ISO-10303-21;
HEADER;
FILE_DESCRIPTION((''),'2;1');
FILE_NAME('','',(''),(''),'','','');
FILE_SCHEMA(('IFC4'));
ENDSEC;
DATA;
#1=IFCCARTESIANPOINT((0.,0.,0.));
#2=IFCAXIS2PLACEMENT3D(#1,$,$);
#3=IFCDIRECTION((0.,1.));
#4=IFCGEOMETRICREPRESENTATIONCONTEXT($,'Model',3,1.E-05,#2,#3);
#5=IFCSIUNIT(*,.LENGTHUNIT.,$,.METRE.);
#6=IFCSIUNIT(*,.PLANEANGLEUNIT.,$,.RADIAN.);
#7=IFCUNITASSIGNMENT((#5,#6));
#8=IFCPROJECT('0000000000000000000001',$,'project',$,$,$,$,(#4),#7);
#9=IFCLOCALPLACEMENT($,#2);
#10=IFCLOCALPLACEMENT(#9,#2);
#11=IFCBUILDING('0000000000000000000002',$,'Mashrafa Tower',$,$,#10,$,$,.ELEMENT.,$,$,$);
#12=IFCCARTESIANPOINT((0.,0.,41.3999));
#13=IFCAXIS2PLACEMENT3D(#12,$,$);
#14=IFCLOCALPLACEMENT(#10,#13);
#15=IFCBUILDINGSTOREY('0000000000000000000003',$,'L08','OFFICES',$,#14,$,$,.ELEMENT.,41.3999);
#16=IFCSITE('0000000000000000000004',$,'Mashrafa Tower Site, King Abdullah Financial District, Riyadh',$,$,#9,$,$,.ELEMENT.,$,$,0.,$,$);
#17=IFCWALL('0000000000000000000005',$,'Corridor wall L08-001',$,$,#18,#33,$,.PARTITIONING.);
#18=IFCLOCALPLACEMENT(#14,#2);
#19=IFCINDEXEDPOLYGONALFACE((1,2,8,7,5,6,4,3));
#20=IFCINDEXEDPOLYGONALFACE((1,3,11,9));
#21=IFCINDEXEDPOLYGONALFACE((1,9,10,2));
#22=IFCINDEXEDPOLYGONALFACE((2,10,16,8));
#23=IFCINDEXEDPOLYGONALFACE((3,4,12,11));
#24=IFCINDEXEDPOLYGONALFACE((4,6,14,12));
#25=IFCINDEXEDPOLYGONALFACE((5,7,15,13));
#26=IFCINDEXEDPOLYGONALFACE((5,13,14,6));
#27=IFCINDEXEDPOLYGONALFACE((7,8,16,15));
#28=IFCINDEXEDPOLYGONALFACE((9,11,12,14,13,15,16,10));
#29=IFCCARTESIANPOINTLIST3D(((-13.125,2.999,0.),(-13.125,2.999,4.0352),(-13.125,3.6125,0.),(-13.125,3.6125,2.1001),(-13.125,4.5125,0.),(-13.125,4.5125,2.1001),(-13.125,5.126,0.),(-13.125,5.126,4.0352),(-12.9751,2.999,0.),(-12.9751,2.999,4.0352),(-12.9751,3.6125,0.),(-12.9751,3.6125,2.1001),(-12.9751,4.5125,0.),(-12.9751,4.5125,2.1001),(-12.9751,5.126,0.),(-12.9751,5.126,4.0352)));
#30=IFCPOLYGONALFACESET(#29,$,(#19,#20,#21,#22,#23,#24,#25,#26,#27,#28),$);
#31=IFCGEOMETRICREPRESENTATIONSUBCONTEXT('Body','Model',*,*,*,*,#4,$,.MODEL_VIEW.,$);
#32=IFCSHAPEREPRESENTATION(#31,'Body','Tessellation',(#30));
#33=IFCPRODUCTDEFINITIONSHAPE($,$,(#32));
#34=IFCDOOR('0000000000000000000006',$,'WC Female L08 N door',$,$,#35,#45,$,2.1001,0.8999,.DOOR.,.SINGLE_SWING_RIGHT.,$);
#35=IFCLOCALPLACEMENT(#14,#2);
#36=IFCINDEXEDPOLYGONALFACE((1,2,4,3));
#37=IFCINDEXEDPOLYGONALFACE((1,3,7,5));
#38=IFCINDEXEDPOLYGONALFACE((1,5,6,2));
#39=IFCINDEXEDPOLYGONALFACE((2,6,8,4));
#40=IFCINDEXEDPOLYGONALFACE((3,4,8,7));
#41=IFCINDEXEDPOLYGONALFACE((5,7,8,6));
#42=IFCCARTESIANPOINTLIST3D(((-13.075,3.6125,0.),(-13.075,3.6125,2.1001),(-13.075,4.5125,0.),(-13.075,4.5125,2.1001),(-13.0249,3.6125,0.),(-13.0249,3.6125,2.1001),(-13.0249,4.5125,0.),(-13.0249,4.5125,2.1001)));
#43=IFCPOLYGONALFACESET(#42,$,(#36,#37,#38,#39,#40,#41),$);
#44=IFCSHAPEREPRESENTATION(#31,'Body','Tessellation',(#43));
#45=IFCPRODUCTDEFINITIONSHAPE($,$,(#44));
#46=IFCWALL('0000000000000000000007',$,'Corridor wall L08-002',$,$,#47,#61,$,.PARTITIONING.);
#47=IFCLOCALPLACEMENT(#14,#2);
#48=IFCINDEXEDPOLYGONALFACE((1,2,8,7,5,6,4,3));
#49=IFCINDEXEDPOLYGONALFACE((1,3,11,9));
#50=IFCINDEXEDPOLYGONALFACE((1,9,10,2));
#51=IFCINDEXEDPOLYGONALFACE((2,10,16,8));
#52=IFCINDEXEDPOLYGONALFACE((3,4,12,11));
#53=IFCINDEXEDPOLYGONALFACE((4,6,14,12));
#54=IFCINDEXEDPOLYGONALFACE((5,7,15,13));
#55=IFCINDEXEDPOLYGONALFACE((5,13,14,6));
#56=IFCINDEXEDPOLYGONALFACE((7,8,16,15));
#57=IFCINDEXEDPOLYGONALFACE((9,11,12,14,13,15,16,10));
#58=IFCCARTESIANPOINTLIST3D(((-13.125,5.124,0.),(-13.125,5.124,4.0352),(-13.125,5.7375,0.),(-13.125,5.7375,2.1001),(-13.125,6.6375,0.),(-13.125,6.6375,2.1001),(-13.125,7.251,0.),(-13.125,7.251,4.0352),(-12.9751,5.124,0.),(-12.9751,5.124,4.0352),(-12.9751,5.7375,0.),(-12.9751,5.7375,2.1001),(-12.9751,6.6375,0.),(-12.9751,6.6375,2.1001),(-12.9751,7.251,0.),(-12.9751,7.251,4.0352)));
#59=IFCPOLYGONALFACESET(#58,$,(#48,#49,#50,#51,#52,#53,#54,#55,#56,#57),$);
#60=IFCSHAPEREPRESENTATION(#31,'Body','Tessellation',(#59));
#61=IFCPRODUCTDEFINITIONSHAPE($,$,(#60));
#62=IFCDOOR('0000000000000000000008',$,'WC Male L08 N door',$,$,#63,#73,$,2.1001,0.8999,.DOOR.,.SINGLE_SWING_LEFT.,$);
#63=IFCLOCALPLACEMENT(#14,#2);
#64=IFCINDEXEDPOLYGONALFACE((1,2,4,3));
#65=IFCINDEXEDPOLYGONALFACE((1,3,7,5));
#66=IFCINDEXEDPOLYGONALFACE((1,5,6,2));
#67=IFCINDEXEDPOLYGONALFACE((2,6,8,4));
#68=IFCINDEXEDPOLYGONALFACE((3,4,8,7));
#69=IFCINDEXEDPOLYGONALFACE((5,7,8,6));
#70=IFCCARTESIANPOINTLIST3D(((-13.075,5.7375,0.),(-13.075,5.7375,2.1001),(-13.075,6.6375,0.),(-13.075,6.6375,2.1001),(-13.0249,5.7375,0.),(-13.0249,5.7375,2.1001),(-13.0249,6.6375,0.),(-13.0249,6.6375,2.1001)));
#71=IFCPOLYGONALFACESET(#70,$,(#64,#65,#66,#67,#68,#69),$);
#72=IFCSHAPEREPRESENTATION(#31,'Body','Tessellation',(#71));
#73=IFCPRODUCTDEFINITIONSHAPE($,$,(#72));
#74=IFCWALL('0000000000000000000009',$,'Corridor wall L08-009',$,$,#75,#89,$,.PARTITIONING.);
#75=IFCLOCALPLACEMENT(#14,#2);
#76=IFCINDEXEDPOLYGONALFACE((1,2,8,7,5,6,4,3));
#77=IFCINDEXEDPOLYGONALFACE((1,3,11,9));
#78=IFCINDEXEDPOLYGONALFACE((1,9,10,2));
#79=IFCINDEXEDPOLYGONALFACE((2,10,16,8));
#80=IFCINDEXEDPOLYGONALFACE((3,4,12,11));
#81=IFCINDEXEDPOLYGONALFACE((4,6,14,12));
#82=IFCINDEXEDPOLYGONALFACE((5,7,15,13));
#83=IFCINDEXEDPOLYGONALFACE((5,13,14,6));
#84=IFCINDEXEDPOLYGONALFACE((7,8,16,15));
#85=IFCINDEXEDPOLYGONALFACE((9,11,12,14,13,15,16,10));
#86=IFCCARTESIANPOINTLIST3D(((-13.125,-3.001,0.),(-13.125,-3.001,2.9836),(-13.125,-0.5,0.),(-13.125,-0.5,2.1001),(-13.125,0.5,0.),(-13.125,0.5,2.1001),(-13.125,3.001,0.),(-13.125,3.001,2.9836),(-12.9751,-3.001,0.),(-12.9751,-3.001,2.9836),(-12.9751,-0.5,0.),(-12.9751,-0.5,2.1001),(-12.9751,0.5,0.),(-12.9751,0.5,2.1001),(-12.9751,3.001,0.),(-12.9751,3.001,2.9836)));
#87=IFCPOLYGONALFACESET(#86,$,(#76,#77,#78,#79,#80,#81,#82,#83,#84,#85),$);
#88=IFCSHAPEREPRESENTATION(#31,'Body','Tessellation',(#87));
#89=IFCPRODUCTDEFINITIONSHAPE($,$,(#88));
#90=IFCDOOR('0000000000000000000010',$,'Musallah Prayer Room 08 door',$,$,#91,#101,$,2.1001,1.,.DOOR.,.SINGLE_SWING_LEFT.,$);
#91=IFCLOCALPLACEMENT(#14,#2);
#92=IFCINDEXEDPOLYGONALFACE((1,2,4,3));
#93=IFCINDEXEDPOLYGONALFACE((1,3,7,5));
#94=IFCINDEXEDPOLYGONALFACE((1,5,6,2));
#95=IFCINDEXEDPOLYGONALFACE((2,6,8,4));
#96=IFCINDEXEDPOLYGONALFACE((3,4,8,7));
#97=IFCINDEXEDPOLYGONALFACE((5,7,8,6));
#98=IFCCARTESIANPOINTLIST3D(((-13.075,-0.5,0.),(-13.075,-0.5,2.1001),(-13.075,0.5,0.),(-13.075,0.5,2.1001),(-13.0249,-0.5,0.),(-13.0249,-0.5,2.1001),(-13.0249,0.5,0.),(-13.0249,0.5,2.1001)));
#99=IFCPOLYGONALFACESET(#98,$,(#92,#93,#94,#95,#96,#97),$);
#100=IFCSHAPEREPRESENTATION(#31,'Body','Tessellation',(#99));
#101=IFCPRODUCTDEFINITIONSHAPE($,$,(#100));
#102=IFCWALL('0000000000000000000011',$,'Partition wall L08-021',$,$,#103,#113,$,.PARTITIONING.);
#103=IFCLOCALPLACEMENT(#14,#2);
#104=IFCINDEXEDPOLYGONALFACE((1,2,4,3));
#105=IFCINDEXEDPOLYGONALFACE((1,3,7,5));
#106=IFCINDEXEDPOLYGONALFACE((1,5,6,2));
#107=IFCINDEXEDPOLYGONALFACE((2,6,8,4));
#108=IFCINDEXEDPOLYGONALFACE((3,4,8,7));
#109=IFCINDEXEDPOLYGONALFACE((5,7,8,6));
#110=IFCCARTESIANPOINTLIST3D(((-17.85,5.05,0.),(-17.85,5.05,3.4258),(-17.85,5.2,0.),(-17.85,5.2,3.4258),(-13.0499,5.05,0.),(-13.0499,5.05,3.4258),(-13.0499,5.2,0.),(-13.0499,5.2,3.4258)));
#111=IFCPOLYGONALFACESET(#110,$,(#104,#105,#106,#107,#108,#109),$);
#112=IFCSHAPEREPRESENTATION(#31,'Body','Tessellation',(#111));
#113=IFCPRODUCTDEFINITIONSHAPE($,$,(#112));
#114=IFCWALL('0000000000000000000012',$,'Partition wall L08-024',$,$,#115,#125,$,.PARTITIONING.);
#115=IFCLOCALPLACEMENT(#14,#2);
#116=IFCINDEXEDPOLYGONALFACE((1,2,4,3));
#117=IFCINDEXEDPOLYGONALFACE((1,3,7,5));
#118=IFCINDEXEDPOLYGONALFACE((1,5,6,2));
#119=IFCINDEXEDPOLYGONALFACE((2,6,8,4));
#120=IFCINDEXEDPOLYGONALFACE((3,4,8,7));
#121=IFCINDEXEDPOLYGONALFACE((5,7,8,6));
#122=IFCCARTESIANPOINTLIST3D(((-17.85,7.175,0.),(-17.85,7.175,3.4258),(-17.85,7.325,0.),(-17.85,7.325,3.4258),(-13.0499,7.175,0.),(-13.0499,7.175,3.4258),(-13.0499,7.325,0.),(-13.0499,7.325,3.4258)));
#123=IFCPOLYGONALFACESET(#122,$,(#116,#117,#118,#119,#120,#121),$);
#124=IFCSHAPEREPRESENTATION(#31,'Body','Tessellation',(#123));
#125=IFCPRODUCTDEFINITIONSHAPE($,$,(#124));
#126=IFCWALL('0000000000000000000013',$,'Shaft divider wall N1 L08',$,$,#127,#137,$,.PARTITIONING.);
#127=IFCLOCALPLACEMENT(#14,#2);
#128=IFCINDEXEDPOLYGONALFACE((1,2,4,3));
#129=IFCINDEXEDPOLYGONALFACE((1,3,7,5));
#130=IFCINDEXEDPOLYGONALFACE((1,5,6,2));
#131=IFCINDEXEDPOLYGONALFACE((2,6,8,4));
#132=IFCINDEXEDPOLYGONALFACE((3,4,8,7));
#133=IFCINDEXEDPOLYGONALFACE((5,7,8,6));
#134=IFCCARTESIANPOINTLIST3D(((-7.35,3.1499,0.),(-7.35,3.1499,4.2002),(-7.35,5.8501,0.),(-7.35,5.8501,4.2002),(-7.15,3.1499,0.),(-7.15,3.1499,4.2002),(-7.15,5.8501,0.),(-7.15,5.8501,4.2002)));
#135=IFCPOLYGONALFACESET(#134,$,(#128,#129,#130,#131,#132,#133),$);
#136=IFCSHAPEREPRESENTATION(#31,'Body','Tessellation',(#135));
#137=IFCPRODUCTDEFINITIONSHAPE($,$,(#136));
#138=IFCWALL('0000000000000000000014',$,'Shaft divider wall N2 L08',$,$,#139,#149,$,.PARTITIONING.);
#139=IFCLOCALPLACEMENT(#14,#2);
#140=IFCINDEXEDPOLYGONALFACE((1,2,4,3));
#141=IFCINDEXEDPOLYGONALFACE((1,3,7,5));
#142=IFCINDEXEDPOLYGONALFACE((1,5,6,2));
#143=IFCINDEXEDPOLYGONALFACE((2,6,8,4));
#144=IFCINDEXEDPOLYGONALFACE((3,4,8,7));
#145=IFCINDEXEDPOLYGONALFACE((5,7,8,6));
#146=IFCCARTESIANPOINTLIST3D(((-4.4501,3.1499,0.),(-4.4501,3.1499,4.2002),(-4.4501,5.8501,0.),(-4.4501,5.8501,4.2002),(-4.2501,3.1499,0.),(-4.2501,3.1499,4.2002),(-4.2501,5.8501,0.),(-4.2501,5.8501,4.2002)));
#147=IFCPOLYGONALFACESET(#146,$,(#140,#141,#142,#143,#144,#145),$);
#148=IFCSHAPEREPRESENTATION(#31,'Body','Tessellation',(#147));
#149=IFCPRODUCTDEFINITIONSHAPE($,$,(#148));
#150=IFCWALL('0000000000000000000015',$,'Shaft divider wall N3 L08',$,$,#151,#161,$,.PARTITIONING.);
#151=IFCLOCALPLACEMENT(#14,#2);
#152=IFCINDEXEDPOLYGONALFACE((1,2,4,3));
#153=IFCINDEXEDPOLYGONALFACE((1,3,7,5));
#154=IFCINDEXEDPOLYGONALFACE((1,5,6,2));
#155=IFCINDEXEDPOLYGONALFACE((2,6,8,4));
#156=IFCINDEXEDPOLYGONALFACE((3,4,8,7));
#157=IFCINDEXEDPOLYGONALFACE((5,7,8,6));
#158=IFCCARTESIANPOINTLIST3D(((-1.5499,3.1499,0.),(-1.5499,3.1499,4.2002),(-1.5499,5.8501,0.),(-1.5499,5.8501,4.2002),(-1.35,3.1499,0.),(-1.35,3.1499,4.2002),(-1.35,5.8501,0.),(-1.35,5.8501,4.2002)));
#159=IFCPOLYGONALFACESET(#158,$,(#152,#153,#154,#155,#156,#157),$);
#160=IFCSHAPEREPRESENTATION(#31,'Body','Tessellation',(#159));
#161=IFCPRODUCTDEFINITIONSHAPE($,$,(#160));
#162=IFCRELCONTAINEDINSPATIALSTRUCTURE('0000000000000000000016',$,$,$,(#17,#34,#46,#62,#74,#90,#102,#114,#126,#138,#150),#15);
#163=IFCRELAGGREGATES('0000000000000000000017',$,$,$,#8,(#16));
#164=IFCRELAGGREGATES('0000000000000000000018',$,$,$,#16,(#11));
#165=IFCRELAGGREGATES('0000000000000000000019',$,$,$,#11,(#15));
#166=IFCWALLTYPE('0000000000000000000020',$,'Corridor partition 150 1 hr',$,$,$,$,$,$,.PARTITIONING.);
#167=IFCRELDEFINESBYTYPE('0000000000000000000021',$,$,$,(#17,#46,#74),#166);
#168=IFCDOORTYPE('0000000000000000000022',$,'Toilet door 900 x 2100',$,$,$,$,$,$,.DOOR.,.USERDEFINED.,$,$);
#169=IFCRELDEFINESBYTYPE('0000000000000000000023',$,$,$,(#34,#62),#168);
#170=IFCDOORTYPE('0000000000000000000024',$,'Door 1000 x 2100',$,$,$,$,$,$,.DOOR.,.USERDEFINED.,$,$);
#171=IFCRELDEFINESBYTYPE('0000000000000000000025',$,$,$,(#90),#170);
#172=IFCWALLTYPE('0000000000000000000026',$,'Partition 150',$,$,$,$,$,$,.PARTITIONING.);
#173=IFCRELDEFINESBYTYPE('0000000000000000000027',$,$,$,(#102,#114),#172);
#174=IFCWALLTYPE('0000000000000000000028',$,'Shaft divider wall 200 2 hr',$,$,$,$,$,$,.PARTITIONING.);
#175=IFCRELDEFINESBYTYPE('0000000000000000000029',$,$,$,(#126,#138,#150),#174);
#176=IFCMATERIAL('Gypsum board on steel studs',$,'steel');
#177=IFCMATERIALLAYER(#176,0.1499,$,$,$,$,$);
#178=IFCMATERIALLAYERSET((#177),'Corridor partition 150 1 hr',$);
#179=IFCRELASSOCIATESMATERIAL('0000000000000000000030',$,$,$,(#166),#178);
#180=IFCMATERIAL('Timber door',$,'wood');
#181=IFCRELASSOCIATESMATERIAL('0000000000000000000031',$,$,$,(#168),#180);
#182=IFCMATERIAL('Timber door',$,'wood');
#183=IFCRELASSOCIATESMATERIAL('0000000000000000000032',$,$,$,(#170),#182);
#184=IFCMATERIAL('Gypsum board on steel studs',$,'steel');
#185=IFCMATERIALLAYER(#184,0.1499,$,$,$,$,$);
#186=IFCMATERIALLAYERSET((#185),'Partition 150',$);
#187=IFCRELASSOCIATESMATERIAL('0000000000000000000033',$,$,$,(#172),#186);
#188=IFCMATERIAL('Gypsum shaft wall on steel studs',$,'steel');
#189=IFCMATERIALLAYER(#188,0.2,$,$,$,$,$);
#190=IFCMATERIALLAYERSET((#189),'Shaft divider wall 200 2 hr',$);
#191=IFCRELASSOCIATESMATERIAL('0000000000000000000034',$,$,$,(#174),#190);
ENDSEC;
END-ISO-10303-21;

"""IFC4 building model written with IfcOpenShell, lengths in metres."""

from ifc_helpers import new_model, si_unit, direction, frame, frame_2d, origin, place, context, subcontext, project, spatial, rectangle, extrude, material, layer, layer_set, type_object, element, fill, save


model = new_model("IFC4")

# Units and contexts
model_context = context("Model", 3, precision=1e-05, world=origin(), true_north=direction((0.0, 1.0)))
body_context = subcontext(model_context, "Body", "Model", "MODEL_VIEW")
ifc_project = project(units=[si_unit("LENGTHUNIT", "METRE"), si_unit("PLANEANGLEUNIT", "RADIAN")], contexts=[model_context])

# Site, building, storey
site_placement = place(None, origin())
site = spatial("IfcSite", under=ifc_project, at=site_placement, Name="Mashrafa Tower Site, King Abdullah Financial District, Riyadh", CompositionType="ELEMENT", RefElevation=0.0)
building_placement = place(site_placement, origin())
building = spatial("IfcBuilding", under=site, at=building_placement, Name="Mashrafa Tower", CompositionType="ELEMENT")
storey_placement = place(building_placement, frame((0.0, 0.0, 41.3999)))
storey = spatial("IfcBuildingStorey", under=building, at=storey_placement, Name="L08", Description="OFFICES", CompositionType="ELEMENT", Elevation=41.3999)

# Walls, openings, doors
ifc_material_1 = material(Name="Gypsum board on steel studs", Category="steel")
ifc_layer_1 = layer(ifc_material_1, 0.1499)
ifc_layer_set_1 = layer_set([ifc_layer_1], Name="Corridor partition 150 1 hr")
wall_type_1 = type_object("IfcWallType", Name="Corridor partition 150 1 hr", PredefinedType="PARTITIONING", material=ifc_layer_set_1)
wall_1_placement = place(storey_placement, frame((-13.05, 5.126, 0.0), z_axis=(0.0, 0.0, 1.0), x_axis=(0.0, -1.0, 0.0)))
wall_1 = element("IfcWall", 1, at=wall_1_placement, inside=storey, type_object=wall_type_1, Name="Corridor wall L08-001", PredefinedType="PARTITIONING", context=body_context, shape_type="SweptSolid", body=[
    extrude(rectangle(XDim=2.127, YDim=0.1499, at=frame_2d((1.0635, 0.0))), origin(), (0.0, 0.0, 1.0), 4.0352),
])
opening_1_placement = place(wall_1_placement, frame((0.6135, 0.0, 0.0)))
opening_1 = element("IfcOpeningElement", 2, at=opening_1_placement, cuts=wall_1, PredefinedType="OPENING", context=body_context, shape_type="SweptSolid", body=[
    extrude(rectangle(XDim=0.8999, YDim=2.1001, at=frame_2d((0.45, 1.05))), frame((0.0, 0.085, 0.0), z_axis=(0.0, -1.0, 0.0), x_axis=(1.0, 0.0, 0.0)), (0.0, 0.0, 1.0), 0.1699),
])
ifc_material_2 = material(Name="Timber door", Category="wood")
door_type_1 = type_object("IfcDoorType", Name="Toilet door 900 x 2100", OperationType="USERDEFINED", PredefinedType="DOOR", material=ifc_material_2)
door_1_placement = place(opening_1_placement, frame((0.8999, 0.0, 0.0), z_axis=(0.0, 0.0, 1.0), x_axis=(-1.0, 0.0, 0.0)))
door_1 = element("IfcDoor", 3, at=door_1_placement, inside=storey, type_object=door_type_1, Name="WC Female L08 N door", OperationType="SINGLE_SWING_RIGHT", OverallHeight=2.1001, OverallWidth=0.8999, PredefinedType="DOOR", context=body_context, shape_type="SweptSolid", body=[
    extrude(rectangle(XDim=0.8999, YDim=2.1001, at=frame_2d((0.45, 1.05))), frame((0.0, 0.0249, 0.0), z_axis=(0.0, -1.0, 0.0), x_axis=(1.0, 0.0, 0.0)), (0.0, 0.0, 1.0), 0.05),
])
fill(opening_1, door_1)
wall_2_placement = place(storey_placement, frame((-13.05, 7.251, 0.0), z_axis=(0.0, 0.0, 1.0), x_axis=(0.0, -1.0, 0.0)))
wall_2 = element("IfcWall", 4, at=wall_2_placement, inside=storey, type_object=wall_type_1, Name="Corridor wall L08-002", PredefinedType="PARTITIONING", context=body_context, shape_type="SweptSolid", body=[
    extrude(rectangle(XDim=2.127, YDim=0.1499, at=frame_2d((1.0635, 0.0))), origin(), (0.0, 0.0, 1.0), 4.0352),
])
opening_2_placement = place(wall_2_placement, frame((0.6135, 0.0, 0.0)))
opening_2 = element("IfcOpeningElement", 5, at=opening_2_placement, cuts=wall_2, PredefinedType="OPENING", context=body_context, shape_type="SweptSolid", body=[
    extrude(rectangle(XDim=0.8999, YDim=2.1001, at=frame_2d((0.45, 1.05))), frame((0.0, 0.085, 0.0), z_axis=(0.0, -1.0, 0.0), x_axis=(1.0, 0.0, 0.0)), (0.0, 0.0, 1.0), 0.1699),
])
door_2_placement = place(opening_2_placement, frame((0.8999, 0.0, 0.0), z_axis=(0.0, 0.0, 1.0), x_axis=(-1.0, 0.0, 0.0)))
door_2 = element("IfcDoor", 6, at=door_2_placement, inside=storey, type_object=door_type_1, Name="WC Male L08 N door", OperationType="SINGLE_SWING_LEFT", OverallHeight=2.1001, OverallWidth=0.8999, PredefinedType="DOOR", context=body_context, shape_type="SweptSolid", body=[
    extrude(rectangle(XDim=0.8999, YDim=2.1001, at=frame_2d((0.45, 1.05))), frame((0.0, 0.0249, 0.0), z_axis=(0.0, -1.0, 0.0), x_axis=(1.0, 0.0, 0.0)), (0.0, 0.0, 1.0), 0.05),
])
fill(opening_2, door_2)
wall_3_placement = place(storey_placement, frame((-13.05, 3.001, 0.0), z_axis=(0.0, 0.0, 1.0), x_axis=(0.0, -1.0, 0.0)))
wall_3 = element("IfcWall", 7, at=wall_3_placement, inside=storey, type_object=wall_type_1, Name="Corridor wall L08-009", PredefinedType="PARTITIONING", context=body_context, shape_type="SweptSolid", body=[
    extrude(rectangle(XDim=6.002, YDim=0.1499, at=frame_2d((3.001, 0.0))), origin(), (0.0, 0.0, 1.0), 2.9836),
])
opening_3_placement = place(wall_3_placement, frame((2.501, 0.0, 0.0)))
opening_3 = element("IfcOpeningElement", 8, at=opening_3_placement, cuts=wall_3, PredefinedType="OPENING", context=body_context, shape_type="SweptSolid", body=[
    extrude(rectangle(XDim=1.0, YDim=2.1001, at=frame_2d((0.5, 1.05))), frame((0.0, 0.085, 0.0), z_axis=(0.0, -1.0, 0.0), x_axis=(1.0, 0.0, 0.0)), (0.0, 0.0, 1.0), 0.1699),
])
ifc_material_3 = material(Name="Timber door", Category="wood")
door_type_2 = type_object("IfcDoorType", Name="Door 1000 x 2100", OperationType="USERDEFINED", PredefinedType="DOOR", material=ifc_material_3)
door_3_placement = place(opening_3_placement, frame((1.0, 0.0, 0.0), z_axis=(0.0, 0.0, 1.0), x_axis=(-1.0, 0.0, 0.0)))
door_3 = element("IfcDoor", 9, at=door_3_placement, inside=storey, type_object=door_type_2, Name="Musallah Prayer Room 08 door", OperationType="SINGLE_SWING_LEFT", OverallHeight=2.1001, OverallWidth=1.0, PredefinedType="DOOR", context=body_context, shape_type="SweptSolid", body=[
    extrude(rectangle(XDim=1.0, YDim=2.1001, at=frame_2d((0.5, 1.05))), frame((0.0, 0.0249, 0.0), z_axis=(0.0, -1.0, 0.0), x_axis=(1.0, 0.0, 0.0)), (0.0, 0.0, 1.0), 0.05),
])
fill(opening_3, door_3)

# Walls
ifc_material_4 = material(Name="Gypsum board on steel studs", Category="steel")
ifc_layer_2 = layer(ifc_material_4, 0.1499)
ifc_layer_set_2 = layer_set([ifc_layer_2], Name="Partition 150")
wall_type_2 = type_object("IfcWallType", Name="Partition 150", PredefinedType="PARTITIONING", material=ifc_layer_set_2)
for number, where, z_axis, x_axis, name in (
    (10, (-13.05, 5.125, 0.0), (0.0, 0.0, 1.0), (-1.0, 0.0, 0.0), "Partition wall L08-021"),
    (11, (-13.05, 7.25, 0.0), (0.0, 0.0, 1.0), (-1.0, 0.0, 0.0), "Partition wall L08-024"),
):
    element("IfcWall", number, at=place(storey_placement, frame(where, z_axis=z_axis, x_axis=x_axis)), inside=storey, type_object=wall_type_2, Name=name, PredefinedType="PARTITIONING", context=body_context, shape_type="SweptSolid", body=[
        extrude(rectangle(XDim=4.8, YDim=0.1499, at=frame_2d((2.3999, 0.0))), origin(), (0.0, 0.0, 1.0), 3.4258),
    ])
ifc_material_5 = material(Name="Gypsum shaft wall on steel studs", Category="steel")
ifc_layer_3 = layer(ifc_material_5, 0.2)
ifc_layer_set_3 = layer_set([ifc_layer_3], Name="Shaft divider wall 200 2 hr")
wall_type_3 = type_object("IfcWallType", Name="Shaft divider wall 200 2 hr", PredefinedType="PARTITIONING", material=ifc_layer_set_3)
for number, where, z_axis, x_axis, name in (
    (12, (-7.25, 3.1499, 0.0), (0.0, 0.0, 1.0), (0.0, 1.0, 0.0), "Shaft divider wall N1 L08"),
    (13, (-4.3501, 3.1499, 0.0), (0.0, 0.0, 1.0), (0.0, 1.0, 0.0), "Shaft divider wall N2 L08"),
    (14, (-1.45, 3.1499, 0.0), (0.0, 0.0, 1.0), (0.0, 1.0, 0.0), "Shaft divider wall N3 L08"),
):
    element("IfcWall", number, at=place(storey_placement, frame(where, z_axis=z_axis, x_axis=x_axis)), inside=storey, type_object=wall_type_3, Name=name, PredefinedType="PARTITIONING", context=body_context, shape_type="SweptSolid", body=[
        extrude(rectangle(XDim=2.7002, YDim=0.2, at=frame_2d((1.3501, 0.0))), origin(), (0.0, 0.0, 1.0), 4.2002),
    ])

save(model, "model.ifc")
